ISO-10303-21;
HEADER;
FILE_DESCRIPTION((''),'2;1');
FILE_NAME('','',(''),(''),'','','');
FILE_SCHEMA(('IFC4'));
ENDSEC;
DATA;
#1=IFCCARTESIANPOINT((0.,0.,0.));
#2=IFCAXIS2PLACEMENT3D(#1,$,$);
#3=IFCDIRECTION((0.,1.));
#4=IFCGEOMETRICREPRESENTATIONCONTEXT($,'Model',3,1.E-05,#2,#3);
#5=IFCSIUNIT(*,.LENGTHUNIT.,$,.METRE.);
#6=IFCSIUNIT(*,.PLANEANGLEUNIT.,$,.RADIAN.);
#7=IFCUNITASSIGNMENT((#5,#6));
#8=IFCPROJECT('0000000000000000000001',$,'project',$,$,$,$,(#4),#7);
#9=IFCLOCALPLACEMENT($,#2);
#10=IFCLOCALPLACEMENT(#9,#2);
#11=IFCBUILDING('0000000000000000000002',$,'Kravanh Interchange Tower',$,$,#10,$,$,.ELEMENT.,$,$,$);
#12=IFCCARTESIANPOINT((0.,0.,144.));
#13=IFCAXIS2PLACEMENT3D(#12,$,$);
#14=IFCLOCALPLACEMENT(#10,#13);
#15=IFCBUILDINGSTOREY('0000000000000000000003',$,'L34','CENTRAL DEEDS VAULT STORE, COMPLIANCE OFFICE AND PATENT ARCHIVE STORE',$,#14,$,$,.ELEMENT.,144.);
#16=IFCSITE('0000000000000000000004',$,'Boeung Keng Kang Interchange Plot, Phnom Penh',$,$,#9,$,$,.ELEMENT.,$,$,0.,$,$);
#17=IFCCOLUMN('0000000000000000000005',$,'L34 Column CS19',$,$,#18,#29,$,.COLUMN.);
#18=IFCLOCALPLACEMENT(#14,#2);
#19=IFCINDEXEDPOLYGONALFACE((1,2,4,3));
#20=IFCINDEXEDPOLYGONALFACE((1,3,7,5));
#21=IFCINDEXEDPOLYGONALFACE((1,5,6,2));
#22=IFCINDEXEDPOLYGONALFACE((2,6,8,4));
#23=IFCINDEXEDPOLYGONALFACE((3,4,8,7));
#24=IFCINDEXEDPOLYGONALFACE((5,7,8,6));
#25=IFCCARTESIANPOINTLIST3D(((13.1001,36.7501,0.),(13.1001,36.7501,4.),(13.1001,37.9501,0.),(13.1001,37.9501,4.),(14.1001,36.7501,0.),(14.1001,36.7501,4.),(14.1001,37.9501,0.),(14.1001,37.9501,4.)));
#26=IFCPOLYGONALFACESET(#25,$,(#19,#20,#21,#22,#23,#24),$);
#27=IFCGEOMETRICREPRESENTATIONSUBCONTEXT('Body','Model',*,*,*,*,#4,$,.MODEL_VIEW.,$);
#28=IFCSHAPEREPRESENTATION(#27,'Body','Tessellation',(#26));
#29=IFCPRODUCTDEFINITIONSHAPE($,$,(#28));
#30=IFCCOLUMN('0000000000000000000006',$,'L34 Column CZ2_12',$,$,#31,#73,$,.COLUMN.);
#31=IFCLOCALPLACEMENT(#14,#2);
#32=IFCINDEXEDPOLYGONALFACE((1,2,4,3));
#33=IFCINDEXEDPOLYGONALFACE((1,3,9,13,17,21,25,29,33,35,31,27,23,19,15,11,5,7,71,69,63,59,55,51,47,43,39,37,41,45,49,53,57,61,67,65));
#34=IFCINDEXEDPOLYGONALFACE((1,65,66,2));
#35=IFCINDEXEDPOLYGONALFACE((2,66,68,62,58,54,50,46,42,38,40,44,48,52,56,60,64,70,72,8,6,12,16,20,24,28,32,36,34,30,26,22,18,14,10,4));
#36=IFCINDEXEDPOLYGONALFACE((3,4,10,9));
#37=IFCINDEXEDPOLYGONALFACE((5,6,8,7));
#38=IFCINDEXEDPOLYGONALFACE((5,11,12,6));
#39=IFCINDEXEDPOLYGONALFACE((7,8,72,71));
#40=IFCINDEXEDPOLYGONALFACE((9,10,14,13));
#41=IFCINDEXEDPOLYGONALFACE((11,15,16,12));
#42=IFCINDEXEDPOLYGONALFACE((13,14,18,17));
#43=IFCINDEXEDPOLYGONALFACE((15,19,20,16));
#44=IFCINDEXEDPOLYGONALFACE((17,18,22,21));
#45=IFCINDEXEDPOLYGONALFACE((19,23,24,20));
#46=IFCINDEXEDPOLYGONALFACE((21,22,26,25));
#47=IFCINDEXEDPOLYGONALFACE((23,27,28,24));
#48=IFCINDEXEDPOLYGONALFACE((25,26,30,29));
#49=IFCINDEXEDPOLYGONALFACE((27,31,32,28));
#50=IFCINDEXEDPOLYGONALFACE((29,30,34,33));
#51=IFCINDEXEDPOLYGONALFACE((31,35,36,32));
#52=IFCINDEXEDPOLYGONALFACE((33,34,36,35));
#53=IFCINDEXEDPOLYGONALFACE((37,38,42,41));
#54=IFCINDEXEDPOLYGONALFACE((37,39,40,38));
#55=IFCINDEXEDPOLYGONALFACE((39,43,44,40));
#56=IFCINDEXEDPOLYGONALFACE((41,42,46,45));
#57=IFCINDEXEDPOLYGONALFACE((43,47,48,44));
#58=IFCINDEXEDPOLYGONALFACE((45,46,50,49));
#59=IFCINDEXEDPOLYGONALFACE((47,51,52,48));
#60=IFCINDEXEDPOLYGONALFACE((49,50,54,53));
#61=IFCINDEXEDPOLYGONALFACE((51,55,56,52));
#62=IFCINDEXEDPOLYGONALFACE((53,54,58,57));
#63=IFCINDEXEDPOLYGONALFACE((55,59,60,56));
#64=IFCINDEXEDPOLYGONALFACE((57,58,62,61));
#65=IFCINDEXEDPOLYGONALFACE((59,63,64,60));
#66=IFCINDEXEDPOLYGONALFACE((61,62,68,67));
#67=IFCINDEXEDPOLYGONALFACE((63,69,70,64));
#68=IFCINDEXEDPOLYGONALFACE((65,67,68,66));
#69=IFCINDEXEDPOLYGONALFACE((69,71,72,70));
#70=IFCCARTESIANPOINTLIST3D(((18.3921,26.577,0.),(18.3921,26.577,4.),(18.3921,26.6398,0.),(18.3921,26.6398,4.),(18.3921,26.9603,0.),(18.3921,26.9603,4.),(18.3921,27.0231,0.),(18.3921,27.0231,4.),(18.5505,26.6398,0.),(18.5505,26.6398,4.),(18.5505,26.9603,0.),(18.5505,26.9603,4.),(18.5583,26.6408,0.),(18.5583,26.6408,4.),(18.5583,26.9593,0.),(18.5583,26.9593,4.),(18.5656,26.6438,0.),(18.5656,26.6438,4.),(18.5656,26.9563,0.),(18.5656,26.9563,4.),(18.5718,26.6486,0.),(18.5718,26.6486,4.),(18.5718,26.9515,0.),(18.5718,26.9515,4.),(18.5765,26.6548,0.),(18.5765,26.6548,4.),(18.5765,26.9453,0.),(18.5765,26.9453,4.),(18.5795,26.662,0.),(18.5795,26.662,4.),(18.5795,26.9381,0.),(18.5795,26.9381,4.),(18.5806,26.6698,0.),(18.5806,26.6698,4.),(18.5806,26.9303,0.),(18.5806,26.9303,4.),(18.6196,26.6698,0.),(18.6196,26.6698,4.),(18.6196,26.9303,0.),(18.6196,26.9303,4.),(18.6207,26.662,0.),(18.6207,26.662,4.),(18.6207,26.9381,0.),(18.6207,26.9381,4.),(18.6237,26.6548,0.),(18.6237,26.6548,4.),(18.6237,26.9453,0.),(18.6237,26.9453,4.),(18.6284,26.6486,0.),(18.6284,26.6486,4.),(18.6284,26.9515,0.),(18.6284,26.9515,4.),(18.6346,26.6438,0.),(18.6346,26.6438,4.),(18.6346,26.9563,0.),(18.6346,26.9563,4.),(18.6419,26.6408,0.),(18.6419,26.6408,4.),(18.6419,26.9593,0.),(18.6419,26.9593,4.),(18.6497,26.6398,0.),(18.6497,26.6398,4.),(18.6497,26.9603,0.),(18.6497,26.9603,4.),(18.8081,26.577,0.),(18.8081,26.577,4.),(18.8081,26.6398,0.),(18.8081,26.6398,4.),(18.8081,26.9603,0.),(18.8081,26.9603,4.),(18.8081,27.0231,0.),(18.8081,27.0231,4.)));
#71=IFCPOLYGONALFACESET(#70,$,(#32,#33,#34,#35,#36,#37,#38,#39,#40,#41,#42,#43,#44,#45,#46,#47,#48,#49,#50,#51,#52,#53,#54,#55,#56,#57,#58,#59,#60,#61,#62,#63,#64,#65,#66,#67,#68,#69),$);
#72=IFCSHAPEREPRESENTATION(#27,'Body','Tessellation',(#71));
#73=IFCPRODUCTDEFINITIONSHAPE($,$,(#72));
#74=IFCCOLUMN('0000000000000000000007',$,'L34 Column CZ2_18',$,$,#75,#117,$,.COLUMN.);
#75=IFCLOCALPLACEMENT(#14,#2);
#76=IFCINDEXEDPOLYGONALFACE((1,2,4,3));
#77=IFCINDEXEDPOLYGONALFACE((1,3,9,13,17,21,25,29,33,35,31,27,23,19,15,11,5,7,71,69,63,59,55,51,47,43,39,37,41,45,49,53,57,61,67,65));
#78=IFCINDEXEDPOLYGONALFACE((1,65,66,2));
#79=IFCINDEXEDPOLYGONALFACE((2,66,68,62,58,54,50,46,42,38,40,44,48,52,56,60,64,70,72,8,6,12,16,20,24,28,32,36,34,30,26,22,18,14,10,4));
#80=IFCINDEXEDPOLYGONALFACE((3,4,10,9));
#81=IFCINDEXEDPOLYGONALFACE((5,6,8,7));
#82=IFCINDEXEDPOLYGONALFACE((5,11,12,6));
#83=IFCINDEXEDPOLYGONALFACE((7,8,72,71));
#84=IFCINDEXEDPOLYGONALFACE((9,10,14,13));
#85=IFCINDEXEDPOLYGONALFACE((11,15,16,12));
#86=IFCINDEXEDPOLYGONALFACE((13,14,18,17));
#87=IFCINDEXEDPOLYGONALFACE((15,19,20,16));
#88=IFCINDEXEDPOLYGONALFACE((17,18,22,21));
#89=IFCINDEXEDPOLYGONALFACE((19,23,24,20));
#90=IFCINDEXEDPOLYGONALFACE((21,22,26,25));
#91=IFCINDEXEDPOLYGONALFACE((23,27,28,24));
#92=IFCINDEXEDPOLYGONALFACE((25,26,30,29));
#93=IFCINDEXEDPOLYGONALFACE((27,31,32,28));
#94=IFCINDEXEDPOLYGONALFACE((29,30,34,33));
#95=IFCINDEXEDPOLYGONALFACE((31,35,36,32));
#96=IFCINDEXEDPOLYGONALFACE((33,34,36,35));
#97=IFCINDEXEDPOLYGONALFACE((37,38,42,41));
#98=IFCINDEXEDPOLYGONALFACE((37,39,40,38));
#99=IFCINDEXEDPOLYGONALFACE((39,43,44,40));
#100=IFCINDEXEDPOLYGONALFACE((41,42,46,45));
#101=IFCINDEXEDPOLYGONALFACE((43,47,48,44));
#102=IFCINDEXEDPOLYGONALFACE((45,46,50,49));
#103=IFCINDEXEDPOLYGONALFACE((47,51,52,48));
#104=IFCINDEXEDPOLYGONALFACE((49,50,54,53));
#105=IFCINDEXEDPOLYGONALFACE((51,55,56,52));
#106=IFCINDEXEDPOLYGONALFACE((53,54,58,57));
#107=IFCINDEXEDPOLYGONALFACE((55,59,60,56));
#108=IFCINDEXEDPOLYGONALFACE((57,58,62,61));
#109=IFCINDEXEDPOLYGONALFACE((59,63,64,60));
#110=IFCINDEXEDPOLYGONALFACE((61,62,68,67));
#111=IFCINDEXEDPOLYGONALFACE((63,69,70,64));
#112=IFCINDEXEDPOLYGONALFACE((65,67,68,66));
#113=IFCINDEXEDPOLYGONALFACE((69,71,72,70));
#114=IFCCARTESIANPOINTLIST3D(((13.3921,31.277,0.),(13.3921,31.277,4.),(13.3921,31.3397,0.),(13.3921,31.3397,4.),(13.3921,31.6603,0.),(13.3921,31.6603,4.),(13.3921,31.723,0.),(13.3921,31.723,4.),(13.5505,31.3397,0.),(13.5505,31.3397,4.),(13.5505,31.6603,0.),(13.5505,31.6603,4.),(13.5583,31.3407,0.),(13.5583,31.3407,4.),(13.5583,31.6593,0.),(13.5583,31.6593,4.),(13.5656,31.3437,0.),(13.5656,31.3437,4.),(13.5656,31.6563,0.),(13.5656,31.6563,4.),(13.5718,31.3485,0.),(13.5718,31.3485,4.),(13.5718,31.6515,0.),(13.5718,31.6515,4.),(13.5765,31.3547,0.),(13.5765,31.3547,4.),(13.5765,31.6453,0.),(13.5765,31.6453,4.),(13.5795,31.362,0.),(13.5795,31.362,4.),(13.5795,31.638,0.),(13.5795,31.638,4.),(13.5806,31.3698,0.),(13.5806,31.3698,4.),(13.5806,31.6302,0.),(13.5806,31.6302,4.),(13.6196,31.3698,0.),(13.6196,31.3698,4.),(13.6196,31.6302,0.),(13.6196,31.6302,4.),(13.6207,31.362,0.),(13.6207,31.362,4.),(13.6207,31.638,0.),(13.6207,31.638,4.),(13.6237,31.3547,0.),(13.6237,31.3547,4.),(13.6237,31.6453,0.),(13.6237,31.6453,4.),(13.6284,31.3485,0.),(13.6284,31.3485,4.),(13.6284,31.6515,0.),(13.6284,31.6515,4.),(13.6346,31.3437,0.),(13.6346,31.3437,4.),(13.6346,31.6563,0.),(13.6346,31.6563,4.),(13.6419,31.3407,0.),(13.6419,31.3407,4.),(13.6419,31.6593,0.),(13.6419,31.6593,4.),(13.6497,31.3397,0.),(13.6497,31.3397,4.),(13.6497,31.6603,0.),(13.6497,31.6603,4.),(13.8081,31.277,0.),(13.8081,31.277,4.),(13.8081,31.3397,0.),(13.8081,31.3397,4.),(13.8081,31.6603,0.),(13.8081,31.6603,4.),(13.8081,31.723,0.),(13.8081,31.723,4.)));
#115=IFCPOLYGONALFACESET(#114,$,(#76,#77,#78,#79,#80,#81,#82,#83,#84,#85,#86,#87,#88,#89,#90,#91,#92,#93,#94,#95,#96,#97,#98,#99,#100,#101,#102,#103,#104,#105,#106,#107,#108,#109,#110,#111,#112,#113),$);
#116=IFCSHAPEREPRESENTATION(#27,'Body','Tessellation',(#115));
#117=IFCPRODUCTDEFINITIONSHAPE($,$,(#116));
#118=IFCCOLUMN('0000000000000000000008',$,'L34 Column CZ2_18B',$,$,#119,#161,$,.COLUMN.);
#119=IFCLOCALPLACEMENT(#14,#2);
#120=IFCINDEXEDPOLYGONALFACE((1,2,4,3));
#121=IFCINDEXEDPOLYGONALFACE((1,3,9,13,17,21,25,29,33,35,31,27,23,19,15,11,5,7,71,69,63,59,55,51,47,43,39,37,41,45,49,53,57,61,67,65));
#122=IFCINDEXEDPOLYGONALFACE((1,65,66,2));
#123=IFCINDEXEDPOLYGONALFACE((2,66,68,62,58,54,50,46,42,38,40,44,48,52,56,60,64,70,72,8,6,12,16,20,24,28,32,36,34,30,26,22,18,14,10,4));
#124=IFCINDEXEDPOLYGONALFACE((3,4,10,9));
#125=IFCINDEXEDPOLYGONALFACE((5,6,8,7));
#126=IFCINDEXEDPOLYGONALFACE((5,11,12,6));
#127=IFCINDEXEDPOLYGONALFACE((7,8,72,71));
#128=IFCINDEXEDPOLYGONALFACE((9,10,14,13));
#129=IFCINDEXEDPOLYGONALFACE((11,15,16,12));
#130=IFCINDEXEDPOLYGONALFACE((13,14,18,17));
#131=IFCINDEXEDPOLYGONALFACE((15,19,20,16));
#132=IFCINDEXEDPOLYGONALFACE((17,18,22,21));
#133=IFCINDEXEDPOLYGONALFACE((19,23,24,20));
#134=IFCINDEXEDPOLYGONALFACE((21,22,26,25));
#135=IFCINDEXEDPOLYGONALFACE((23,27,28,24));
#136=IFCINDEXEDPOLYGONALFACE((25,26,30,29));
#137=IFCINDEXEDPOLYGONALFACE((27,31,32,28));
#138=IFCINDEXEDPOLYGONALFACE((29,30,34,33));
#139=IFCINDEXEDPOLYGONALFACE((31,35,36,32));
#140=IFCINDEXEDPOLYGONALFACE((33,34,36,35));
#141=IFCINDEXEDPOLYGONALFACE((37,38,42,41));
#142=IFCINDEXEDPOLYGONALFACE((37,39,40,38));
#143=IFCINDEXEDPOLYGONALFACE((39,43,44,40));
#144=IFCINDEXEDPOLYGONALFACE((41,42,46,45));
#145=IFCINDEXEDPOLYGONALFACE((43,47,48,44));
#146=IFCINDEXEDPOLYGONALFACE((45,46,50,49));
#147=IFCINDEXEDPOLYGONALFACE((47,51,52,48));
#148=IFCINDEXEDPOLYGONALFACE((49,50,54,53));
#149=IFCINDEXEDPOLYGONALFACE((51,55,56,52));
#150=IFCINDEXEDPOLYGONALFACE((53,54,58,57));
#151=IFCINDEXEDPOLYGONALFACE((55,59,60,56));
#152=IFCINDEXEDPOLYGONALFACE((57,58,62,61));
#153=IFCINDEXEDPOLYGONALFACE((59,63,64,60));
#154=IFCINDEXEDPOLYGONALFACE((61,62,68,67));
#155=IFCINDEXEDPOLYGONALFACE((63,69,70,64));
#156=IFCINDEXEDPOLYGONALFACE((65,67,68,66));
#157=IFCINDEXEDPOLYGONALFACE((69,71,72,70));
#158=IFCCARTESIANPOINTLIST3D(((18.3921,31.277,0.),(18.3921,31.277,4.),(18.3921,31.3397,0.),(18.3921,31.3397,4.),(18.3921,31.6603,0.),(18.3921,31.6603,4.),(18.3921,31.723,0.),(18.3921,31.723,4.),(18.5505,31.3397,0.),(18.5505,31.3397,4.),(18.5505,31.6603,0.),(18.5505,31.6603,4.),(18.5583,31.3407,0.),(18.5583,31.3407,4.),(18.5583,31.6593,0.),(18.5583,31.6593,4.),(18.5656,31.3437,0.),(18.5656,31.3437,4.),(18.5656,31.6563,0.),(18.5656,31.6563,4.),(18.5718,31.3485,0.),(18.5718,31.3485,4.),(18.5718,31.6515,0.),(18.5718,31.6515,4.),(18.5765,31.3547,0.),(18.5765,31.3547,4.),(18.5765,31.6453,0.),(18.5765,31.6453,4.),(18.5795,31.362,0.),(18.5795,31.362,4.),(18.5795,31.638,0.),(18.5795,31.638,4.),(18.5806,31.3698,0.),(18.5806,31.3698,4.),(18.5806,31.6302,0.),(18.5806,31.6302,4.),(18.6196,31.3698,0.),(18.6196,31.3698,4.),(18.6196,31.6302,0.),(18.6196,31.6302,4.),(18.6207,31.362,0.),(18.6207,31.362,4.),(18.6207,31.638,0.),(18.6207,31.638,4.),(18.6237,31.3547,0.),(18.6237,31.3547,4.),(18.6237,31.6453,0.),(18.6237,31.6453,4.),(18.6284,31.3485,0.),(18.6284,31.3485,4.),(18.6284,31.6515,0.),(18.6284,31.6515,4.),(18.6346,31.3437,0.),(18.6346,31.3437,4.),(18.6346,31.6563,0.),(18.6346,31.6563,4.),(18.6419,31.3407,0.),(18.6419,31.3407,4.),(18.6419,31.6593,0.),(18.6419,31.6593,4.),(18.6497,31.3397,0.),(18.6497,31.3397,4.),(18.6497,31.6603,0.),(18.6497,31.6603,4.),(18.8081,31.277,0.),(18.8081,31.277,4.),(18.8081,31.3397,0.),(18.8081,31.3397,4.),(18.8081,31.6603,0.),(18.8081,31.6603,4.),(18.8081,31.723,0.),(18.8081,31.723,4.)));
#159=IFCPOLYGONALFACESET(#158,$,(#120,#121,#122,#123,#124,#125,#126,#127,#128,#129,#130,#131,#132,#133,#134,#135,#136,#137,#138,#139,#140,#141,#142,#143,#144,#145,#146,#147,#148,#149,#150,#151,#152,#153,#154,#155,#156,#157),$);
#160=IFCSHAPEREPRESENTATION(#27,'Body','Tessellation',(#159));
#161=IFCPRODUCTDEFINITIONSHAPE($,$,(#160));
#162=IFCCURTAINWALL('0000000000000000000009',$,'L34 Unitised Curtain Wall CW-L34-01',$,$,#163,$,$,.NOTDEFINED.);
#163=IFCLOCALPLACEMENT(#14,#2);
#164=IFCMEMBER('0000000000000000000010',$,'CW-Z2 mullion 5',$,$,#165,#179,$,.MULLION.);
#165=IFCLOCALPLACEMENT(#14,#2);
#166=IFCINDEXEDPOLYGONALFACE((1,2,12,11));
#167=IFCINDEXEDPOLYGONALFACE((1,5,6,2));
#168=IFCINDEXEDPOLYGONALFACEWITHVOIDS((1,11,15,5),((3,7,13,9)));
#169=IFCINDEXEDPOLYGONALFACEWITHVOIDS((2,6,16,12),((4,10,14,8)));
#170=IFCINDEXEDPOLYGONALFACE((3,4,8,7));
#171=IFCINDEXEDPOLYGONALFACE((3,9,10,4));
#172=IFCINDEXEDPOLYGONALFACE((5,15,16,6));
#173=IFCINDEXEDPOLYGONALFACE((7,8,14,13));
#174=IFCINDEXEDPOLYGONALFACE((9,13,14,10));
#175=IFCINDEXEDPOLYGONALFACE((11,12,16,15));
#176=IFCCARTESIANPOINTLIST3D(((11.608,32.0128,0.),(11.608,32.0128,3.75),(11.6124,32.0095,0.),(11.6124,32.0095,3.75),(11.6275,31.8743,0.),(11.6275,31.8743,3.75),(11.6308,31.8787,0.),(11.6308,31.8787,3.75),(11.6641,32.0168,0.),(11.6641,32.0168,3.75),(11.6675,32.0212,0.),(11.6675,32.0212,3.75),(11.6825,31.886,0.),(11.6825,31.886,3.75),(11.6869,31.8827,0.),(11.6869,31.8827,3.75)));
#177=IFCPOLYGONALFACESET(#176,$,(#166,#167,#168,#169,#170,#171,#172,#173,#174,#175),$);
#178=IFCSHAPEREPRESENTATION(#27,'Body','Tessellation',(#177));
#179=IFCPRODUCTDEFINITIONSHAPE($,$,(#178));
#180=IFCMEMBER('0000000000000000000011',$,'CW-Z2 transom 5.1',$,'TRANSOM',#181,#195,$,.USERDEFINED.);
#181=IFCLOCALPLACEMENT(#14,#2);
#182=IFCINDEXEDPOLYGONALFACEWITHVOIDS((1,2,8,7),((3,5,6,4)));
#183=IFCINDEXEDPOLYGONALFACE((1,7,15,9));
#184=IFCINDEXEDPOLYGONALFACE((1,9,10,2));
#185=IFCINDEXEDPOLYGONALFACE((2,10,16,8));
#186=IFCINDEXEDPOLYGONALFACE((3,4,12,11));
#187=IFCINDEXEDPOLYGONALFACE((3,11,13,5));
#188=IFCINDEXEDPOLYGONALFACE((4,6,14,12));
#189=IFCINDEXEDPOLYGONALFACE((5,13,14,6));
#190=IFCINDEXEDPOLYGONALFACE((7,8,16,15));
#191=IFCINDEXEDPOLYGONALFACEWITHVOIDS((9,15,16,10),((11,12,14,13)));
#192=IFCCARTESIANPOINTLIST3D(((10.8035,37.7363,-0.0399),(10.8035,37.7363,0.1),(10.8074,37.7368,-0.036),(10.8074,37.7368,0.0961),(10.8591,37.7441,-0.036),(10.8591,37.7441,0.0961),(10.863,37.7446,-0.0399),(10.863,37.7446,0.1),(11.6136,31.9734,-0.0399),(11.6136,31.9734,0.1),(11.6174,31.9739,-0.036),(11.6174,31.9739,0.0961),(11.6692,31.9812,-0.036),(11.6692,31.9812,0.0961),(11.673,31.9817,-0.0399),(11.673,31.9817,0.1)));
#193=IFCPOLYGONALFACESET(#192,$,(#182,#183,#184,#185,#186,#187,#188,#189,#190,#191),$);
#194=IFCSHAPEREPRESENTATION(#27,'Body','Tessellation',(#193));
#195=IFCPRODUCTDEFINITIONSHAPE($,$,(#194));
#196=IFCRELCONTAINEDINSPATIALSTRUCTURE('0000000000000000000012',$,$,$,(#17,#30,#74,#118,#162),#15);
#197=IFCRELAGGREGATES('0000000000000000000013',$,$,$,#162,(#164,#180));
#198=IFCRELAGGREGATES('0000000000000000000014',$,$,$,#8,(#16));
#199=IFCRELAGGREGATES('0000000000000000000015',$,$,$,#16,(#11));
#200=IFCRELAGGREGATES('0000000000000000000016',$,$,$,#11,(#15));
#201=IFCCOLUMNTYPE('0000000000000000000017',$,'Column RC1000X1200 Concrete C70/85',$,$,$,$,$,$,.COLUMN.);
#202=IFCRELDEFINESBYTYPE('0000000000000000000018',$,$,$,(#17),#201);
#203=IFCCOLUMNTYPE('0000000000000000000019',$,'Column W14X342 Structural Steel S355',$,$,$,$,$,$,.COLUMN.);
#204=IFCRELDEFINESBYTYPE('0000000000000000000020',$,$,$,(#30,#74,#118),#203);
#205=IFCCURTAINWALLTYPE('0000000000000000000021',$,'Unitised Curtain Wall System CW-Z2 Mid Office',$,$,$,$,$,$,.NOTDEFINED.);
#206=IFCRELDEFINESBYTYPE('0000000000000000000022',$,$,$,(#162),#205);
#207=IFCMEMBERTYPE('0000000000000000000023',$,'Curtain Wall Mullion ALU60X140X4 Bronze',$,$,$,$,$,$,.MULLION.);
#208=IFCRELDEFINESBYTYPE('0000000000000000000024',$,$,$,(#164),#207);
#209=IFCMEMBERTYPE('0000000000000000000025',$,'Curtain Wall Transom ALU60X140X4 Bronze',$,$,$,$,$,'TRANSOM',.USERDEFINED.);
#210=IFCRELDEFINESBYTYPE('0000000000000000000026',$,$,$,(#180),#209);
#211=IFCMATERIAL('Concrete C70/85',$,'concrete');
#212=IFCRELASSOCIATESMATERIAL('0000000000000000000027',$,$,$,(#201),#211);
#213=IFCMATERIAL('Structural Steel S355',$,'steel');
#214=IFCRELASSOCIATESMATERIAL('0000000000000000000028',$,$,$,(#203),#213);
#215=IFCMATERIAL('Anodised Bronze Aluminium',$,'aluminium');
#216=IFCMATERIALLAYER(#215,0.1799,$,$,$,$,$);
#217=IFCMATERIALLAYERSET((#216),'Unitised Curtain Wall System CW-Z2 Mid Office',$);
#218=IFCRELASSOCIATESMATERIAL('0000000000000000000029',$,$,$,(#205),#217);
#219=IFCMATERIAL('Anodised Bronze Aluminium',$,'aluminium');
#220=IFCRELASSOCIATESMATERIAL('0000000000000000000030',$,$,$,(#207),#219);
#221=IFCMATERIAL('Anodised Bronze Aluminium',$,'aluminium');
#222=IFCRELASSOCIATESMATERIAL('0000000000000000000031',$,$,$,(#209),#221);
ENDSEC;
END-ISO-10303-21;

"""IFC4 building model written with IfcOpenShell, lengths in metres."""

from ifc_helpers import new_model, si_unit, direction, frame, origin, origin_2d, place, context, subcontext, project, spatial, rectangle, hollow_rectangle, i_section, extrude, material, layer, layer_set, material_profile, profile_set, type_object, element, aggregate, save


model = new_model("IFC4")

# Units and contexts
model_context = context("Model", 3, precision=1e-05, world=origin(), true_north=direction((0.0, 1.0)))
body_context = subcontext(model_context, "Body", "Model", "MODEL_VIEW")
ifc_project = project(units=[si_unit("LENGTHUNIT", "METRE"), si_unit("PLANEANGLEUNIT", "RADIAN")], contexts=[model_context])

# Site, building, storey
site_placement = place(None, origin())
site = spatial("IfcSite", under=ifc_project, at=site_placement, Name="Boeung Keng Kang Interchange Plot, Phnom Penh", CompositionType="ELEMENT", RefElevation=0.0)
building_placement = place(site_placement, origin())
building = spatial("IfcBuilding", under=site, at=building_placement, Name="Kravanh Interchange Tower", CompositionType="ELEMENT")
storey_placement = place(building_placement, frame((0.0, 0.0, 144.0)))
storey = spatial("IfcBuildingStorey", under=building, at=storey_placement, Name="L34", Description="CENTRAL DEEDS VAULT STORE, COMPLIANCE OFFICE AND PATENT ARCHIVE STORE", CompositionType="ELEMENT", Elevation=144.0)

# Columns
ifc_material_1 = material(Name="Concrete C70/85", Category="concrete")
ifc_material_profile_1 = material_profile(ifc_material_1, rectangle(XDim=1.0, YDim=1.2, at=origin_2d()), Name="RC1000X1200")
ifc_profile_set_1 = profile_set([ifc_material_profile_1], Name="Concrete C70/85")
column_type_1 = type_object("IfcColumnType", Name="Column RC1000X1200 Concrete C70/85", PredefinedType="COLUMN", material=ifc_profile_set_1)
column_placement = place(storey_placement, frame((13.6001, 37.3501, 0.0), z_axis=(0.0, 0.0, 1.0), x_axis=(1.0, 0.0, 0.0)))
element("IfcColumn", 1, at=column_placement, inside=storey, type_object=column_type_1, Name="L34 Column CS19", PredefinedType="COLUMN", context=body_context, shape_type="SweptSolid", body=[
    extrude(rectangle(XDim=1.0, YDim=1.2, at=origin_2d()), origin(), (0.0, 0.0, 1.0), 4.0),
])
ifc_material_2 = material(Name="Structural Steel S355", Category="steel")
ifc_material_profile_2 = material_profile(ifc_material_2, i_section(OverallWidth=0.416, OverallDepth=0.446, WebThickness=0.0391, FlangeThickness=0.0627, FilletRadius=0.03, at=origin_2d()), Name="W14X342")
ifc_profile_set_2 = profile_set([ifc_material_profile_2], Name="Structural Steel S355")
column_type_2 = type_object("IfcColumnType", Name="Column W14X342 Structural Steel S355", PredefinedType="COLUMN", material=ifc_profile_set_2)
for number, where, z_axis, x_axis, name in (
    (2, (18.6001, 26.8, 0.0), (0.0, 0.0, 1.0), (1.0, 0.0, 0.0), "L34 Column CZ2_12"),
    (3, (13.6001, 31.5, 0.0), (0.0, 0.0, 1.0), (1.0, 0.0, 0.0), "L34 Column CZ2_18"),
    (4, (18.6001, 31.5, 0.0), (0.0, 0.0, 1.0), (1.0, 0.0, 0.0), "L34 Column CZ2_18B"),
):
    element("IfcColumn", number, at=place(storey_placement, frame(where, z_axis=z_axis, x_axis=x_axis)), inside=storey, type_object=column_type_2, Name=name, PredefinedType="COLUMN", context=body_context, shape_type="SweptSolid", body=[
        extrude(i_section(OverallWidth=0.416, OverallDepth=0.446, WebThickness=0.0391, FlangeThickness=0.0627, FilletRadius=0.03, at=origin_2d()), origin(), (0.0, 0.0, 1.0), 4.0),
    ])

# Curtain wall, members
ifc_material_3 = material(Name="Anodised Bronze Aluminium", Category="aluminium")
ifc_layer_1 = layer(ifc_material_3, 0.1799)
ifc_layer_set_1 = layer_set([ifc_layer_1], Name="Unitised Curtain Wall System CW-Z2 Mid Office")
curtain_wall_type = type_object("IfcCurtainWallType", Name="Unitised Curtain Wall System CW-Z2 Mid Office", PredefinedType="NOTDEFINED", material=ifc_layer_set_1)
curtain_wall_placement = place(storey_placement, origin())
curtain_wall = element("IfcCurtainWall", 5, at=curtain_wall_placement, inside=storey, type_object=curtain_wall_type, Name="L34 Unitised Curtain Wall CW-L34-01", PredefinedType="NOTDEFINED")
ifc_material_4 = material(Name="Anodised Bronze Aluminium", Category="aluminium")
ifc_material_profile_3 = material_profile(ifc_material_4, hollow_rectangle(XDim=0.0601, YDim=0.1399, WallThickness=0.0039, at=origin_2d()), Name="ALU60X140X4")
ifc_profile_set_3 = profile_set([ifc_material_profile_3], Name="Anodised Bronze Aluminium")
member_type_1 = type_object("IfcMemberType", Name="Curtain Wall Mullion ALU60X140X4 Bronze", PredefinedType="MULLION", material=ifc_profile_set_3)
member_1_placement = place(storey_placement, frame((11.6475, 31.9478, 0.0), z_axis=(0.0, 0.0, 1.0), x_axis=(-0.990268, -0.139173, 0.0)))
member_1 = element("IfcMember", 6, at=member_1_placement, type_object=member_type_1, Name="CW-Z2 mullion 5", PredefinedType="MULLION", context=body_context, shape_type="SweptSolid", body=[
    extrude(hollow_rectangle(XDim=0.0601, YDim=0.1399, WallThickness=0.0039, at=origin_2d()), origin(), (0.0, 0.0, 1.0), 3.75),
])
ifc_material_5 = material(Name="Anodised Bronze Aluminium", Category="aluminium")
ifc_material_profile_4 = material_profile(ifc_material_5, hollow_rectangle(XDim=0.0601, YDim=0.1399, WallThickness=0.0039, at=origin_2d()), Name="ALU60X140X4")
ifc_profile_set_4 = profile_set([ifc_material_profile_4], Name="Anodised Bronze Aluminium")
member_type_2 = type_object("IfcMemberType", Name="Curtain Wall Transom ALU60X140X4 Bronze", ElementType="TRANSOM", PredefinedType="USERDEFINED", material=ifc_profile_set_4)
member_2_placement = place(storey_placement, frame((11.6433, 31.9775, 0.03), z_axis=(-0.139195, 0.990265, 0.0), x_axis=(-0.990265, -0.139195, 0.0)))
member_2 = element("IfcMember", 7, at=member_2_placement, type_object=member_type_2, Name="CW-Z2 transom 5.1", ObjectType="TRANSOM", PredefinedType="USERDEFINED", context=body_context, shape_type="SweptSolid", body=[
    extrude(hollow_rectangle(XDim=0.0601, YDim=0.1399, WallThickness=0.0039, at=origin_2d()), origin(), (0.0, 0.0, 1.0), 5.8196),
])

aggregate(curtain_wall, [member_1, member_2])

save(model, "model.ifc")
